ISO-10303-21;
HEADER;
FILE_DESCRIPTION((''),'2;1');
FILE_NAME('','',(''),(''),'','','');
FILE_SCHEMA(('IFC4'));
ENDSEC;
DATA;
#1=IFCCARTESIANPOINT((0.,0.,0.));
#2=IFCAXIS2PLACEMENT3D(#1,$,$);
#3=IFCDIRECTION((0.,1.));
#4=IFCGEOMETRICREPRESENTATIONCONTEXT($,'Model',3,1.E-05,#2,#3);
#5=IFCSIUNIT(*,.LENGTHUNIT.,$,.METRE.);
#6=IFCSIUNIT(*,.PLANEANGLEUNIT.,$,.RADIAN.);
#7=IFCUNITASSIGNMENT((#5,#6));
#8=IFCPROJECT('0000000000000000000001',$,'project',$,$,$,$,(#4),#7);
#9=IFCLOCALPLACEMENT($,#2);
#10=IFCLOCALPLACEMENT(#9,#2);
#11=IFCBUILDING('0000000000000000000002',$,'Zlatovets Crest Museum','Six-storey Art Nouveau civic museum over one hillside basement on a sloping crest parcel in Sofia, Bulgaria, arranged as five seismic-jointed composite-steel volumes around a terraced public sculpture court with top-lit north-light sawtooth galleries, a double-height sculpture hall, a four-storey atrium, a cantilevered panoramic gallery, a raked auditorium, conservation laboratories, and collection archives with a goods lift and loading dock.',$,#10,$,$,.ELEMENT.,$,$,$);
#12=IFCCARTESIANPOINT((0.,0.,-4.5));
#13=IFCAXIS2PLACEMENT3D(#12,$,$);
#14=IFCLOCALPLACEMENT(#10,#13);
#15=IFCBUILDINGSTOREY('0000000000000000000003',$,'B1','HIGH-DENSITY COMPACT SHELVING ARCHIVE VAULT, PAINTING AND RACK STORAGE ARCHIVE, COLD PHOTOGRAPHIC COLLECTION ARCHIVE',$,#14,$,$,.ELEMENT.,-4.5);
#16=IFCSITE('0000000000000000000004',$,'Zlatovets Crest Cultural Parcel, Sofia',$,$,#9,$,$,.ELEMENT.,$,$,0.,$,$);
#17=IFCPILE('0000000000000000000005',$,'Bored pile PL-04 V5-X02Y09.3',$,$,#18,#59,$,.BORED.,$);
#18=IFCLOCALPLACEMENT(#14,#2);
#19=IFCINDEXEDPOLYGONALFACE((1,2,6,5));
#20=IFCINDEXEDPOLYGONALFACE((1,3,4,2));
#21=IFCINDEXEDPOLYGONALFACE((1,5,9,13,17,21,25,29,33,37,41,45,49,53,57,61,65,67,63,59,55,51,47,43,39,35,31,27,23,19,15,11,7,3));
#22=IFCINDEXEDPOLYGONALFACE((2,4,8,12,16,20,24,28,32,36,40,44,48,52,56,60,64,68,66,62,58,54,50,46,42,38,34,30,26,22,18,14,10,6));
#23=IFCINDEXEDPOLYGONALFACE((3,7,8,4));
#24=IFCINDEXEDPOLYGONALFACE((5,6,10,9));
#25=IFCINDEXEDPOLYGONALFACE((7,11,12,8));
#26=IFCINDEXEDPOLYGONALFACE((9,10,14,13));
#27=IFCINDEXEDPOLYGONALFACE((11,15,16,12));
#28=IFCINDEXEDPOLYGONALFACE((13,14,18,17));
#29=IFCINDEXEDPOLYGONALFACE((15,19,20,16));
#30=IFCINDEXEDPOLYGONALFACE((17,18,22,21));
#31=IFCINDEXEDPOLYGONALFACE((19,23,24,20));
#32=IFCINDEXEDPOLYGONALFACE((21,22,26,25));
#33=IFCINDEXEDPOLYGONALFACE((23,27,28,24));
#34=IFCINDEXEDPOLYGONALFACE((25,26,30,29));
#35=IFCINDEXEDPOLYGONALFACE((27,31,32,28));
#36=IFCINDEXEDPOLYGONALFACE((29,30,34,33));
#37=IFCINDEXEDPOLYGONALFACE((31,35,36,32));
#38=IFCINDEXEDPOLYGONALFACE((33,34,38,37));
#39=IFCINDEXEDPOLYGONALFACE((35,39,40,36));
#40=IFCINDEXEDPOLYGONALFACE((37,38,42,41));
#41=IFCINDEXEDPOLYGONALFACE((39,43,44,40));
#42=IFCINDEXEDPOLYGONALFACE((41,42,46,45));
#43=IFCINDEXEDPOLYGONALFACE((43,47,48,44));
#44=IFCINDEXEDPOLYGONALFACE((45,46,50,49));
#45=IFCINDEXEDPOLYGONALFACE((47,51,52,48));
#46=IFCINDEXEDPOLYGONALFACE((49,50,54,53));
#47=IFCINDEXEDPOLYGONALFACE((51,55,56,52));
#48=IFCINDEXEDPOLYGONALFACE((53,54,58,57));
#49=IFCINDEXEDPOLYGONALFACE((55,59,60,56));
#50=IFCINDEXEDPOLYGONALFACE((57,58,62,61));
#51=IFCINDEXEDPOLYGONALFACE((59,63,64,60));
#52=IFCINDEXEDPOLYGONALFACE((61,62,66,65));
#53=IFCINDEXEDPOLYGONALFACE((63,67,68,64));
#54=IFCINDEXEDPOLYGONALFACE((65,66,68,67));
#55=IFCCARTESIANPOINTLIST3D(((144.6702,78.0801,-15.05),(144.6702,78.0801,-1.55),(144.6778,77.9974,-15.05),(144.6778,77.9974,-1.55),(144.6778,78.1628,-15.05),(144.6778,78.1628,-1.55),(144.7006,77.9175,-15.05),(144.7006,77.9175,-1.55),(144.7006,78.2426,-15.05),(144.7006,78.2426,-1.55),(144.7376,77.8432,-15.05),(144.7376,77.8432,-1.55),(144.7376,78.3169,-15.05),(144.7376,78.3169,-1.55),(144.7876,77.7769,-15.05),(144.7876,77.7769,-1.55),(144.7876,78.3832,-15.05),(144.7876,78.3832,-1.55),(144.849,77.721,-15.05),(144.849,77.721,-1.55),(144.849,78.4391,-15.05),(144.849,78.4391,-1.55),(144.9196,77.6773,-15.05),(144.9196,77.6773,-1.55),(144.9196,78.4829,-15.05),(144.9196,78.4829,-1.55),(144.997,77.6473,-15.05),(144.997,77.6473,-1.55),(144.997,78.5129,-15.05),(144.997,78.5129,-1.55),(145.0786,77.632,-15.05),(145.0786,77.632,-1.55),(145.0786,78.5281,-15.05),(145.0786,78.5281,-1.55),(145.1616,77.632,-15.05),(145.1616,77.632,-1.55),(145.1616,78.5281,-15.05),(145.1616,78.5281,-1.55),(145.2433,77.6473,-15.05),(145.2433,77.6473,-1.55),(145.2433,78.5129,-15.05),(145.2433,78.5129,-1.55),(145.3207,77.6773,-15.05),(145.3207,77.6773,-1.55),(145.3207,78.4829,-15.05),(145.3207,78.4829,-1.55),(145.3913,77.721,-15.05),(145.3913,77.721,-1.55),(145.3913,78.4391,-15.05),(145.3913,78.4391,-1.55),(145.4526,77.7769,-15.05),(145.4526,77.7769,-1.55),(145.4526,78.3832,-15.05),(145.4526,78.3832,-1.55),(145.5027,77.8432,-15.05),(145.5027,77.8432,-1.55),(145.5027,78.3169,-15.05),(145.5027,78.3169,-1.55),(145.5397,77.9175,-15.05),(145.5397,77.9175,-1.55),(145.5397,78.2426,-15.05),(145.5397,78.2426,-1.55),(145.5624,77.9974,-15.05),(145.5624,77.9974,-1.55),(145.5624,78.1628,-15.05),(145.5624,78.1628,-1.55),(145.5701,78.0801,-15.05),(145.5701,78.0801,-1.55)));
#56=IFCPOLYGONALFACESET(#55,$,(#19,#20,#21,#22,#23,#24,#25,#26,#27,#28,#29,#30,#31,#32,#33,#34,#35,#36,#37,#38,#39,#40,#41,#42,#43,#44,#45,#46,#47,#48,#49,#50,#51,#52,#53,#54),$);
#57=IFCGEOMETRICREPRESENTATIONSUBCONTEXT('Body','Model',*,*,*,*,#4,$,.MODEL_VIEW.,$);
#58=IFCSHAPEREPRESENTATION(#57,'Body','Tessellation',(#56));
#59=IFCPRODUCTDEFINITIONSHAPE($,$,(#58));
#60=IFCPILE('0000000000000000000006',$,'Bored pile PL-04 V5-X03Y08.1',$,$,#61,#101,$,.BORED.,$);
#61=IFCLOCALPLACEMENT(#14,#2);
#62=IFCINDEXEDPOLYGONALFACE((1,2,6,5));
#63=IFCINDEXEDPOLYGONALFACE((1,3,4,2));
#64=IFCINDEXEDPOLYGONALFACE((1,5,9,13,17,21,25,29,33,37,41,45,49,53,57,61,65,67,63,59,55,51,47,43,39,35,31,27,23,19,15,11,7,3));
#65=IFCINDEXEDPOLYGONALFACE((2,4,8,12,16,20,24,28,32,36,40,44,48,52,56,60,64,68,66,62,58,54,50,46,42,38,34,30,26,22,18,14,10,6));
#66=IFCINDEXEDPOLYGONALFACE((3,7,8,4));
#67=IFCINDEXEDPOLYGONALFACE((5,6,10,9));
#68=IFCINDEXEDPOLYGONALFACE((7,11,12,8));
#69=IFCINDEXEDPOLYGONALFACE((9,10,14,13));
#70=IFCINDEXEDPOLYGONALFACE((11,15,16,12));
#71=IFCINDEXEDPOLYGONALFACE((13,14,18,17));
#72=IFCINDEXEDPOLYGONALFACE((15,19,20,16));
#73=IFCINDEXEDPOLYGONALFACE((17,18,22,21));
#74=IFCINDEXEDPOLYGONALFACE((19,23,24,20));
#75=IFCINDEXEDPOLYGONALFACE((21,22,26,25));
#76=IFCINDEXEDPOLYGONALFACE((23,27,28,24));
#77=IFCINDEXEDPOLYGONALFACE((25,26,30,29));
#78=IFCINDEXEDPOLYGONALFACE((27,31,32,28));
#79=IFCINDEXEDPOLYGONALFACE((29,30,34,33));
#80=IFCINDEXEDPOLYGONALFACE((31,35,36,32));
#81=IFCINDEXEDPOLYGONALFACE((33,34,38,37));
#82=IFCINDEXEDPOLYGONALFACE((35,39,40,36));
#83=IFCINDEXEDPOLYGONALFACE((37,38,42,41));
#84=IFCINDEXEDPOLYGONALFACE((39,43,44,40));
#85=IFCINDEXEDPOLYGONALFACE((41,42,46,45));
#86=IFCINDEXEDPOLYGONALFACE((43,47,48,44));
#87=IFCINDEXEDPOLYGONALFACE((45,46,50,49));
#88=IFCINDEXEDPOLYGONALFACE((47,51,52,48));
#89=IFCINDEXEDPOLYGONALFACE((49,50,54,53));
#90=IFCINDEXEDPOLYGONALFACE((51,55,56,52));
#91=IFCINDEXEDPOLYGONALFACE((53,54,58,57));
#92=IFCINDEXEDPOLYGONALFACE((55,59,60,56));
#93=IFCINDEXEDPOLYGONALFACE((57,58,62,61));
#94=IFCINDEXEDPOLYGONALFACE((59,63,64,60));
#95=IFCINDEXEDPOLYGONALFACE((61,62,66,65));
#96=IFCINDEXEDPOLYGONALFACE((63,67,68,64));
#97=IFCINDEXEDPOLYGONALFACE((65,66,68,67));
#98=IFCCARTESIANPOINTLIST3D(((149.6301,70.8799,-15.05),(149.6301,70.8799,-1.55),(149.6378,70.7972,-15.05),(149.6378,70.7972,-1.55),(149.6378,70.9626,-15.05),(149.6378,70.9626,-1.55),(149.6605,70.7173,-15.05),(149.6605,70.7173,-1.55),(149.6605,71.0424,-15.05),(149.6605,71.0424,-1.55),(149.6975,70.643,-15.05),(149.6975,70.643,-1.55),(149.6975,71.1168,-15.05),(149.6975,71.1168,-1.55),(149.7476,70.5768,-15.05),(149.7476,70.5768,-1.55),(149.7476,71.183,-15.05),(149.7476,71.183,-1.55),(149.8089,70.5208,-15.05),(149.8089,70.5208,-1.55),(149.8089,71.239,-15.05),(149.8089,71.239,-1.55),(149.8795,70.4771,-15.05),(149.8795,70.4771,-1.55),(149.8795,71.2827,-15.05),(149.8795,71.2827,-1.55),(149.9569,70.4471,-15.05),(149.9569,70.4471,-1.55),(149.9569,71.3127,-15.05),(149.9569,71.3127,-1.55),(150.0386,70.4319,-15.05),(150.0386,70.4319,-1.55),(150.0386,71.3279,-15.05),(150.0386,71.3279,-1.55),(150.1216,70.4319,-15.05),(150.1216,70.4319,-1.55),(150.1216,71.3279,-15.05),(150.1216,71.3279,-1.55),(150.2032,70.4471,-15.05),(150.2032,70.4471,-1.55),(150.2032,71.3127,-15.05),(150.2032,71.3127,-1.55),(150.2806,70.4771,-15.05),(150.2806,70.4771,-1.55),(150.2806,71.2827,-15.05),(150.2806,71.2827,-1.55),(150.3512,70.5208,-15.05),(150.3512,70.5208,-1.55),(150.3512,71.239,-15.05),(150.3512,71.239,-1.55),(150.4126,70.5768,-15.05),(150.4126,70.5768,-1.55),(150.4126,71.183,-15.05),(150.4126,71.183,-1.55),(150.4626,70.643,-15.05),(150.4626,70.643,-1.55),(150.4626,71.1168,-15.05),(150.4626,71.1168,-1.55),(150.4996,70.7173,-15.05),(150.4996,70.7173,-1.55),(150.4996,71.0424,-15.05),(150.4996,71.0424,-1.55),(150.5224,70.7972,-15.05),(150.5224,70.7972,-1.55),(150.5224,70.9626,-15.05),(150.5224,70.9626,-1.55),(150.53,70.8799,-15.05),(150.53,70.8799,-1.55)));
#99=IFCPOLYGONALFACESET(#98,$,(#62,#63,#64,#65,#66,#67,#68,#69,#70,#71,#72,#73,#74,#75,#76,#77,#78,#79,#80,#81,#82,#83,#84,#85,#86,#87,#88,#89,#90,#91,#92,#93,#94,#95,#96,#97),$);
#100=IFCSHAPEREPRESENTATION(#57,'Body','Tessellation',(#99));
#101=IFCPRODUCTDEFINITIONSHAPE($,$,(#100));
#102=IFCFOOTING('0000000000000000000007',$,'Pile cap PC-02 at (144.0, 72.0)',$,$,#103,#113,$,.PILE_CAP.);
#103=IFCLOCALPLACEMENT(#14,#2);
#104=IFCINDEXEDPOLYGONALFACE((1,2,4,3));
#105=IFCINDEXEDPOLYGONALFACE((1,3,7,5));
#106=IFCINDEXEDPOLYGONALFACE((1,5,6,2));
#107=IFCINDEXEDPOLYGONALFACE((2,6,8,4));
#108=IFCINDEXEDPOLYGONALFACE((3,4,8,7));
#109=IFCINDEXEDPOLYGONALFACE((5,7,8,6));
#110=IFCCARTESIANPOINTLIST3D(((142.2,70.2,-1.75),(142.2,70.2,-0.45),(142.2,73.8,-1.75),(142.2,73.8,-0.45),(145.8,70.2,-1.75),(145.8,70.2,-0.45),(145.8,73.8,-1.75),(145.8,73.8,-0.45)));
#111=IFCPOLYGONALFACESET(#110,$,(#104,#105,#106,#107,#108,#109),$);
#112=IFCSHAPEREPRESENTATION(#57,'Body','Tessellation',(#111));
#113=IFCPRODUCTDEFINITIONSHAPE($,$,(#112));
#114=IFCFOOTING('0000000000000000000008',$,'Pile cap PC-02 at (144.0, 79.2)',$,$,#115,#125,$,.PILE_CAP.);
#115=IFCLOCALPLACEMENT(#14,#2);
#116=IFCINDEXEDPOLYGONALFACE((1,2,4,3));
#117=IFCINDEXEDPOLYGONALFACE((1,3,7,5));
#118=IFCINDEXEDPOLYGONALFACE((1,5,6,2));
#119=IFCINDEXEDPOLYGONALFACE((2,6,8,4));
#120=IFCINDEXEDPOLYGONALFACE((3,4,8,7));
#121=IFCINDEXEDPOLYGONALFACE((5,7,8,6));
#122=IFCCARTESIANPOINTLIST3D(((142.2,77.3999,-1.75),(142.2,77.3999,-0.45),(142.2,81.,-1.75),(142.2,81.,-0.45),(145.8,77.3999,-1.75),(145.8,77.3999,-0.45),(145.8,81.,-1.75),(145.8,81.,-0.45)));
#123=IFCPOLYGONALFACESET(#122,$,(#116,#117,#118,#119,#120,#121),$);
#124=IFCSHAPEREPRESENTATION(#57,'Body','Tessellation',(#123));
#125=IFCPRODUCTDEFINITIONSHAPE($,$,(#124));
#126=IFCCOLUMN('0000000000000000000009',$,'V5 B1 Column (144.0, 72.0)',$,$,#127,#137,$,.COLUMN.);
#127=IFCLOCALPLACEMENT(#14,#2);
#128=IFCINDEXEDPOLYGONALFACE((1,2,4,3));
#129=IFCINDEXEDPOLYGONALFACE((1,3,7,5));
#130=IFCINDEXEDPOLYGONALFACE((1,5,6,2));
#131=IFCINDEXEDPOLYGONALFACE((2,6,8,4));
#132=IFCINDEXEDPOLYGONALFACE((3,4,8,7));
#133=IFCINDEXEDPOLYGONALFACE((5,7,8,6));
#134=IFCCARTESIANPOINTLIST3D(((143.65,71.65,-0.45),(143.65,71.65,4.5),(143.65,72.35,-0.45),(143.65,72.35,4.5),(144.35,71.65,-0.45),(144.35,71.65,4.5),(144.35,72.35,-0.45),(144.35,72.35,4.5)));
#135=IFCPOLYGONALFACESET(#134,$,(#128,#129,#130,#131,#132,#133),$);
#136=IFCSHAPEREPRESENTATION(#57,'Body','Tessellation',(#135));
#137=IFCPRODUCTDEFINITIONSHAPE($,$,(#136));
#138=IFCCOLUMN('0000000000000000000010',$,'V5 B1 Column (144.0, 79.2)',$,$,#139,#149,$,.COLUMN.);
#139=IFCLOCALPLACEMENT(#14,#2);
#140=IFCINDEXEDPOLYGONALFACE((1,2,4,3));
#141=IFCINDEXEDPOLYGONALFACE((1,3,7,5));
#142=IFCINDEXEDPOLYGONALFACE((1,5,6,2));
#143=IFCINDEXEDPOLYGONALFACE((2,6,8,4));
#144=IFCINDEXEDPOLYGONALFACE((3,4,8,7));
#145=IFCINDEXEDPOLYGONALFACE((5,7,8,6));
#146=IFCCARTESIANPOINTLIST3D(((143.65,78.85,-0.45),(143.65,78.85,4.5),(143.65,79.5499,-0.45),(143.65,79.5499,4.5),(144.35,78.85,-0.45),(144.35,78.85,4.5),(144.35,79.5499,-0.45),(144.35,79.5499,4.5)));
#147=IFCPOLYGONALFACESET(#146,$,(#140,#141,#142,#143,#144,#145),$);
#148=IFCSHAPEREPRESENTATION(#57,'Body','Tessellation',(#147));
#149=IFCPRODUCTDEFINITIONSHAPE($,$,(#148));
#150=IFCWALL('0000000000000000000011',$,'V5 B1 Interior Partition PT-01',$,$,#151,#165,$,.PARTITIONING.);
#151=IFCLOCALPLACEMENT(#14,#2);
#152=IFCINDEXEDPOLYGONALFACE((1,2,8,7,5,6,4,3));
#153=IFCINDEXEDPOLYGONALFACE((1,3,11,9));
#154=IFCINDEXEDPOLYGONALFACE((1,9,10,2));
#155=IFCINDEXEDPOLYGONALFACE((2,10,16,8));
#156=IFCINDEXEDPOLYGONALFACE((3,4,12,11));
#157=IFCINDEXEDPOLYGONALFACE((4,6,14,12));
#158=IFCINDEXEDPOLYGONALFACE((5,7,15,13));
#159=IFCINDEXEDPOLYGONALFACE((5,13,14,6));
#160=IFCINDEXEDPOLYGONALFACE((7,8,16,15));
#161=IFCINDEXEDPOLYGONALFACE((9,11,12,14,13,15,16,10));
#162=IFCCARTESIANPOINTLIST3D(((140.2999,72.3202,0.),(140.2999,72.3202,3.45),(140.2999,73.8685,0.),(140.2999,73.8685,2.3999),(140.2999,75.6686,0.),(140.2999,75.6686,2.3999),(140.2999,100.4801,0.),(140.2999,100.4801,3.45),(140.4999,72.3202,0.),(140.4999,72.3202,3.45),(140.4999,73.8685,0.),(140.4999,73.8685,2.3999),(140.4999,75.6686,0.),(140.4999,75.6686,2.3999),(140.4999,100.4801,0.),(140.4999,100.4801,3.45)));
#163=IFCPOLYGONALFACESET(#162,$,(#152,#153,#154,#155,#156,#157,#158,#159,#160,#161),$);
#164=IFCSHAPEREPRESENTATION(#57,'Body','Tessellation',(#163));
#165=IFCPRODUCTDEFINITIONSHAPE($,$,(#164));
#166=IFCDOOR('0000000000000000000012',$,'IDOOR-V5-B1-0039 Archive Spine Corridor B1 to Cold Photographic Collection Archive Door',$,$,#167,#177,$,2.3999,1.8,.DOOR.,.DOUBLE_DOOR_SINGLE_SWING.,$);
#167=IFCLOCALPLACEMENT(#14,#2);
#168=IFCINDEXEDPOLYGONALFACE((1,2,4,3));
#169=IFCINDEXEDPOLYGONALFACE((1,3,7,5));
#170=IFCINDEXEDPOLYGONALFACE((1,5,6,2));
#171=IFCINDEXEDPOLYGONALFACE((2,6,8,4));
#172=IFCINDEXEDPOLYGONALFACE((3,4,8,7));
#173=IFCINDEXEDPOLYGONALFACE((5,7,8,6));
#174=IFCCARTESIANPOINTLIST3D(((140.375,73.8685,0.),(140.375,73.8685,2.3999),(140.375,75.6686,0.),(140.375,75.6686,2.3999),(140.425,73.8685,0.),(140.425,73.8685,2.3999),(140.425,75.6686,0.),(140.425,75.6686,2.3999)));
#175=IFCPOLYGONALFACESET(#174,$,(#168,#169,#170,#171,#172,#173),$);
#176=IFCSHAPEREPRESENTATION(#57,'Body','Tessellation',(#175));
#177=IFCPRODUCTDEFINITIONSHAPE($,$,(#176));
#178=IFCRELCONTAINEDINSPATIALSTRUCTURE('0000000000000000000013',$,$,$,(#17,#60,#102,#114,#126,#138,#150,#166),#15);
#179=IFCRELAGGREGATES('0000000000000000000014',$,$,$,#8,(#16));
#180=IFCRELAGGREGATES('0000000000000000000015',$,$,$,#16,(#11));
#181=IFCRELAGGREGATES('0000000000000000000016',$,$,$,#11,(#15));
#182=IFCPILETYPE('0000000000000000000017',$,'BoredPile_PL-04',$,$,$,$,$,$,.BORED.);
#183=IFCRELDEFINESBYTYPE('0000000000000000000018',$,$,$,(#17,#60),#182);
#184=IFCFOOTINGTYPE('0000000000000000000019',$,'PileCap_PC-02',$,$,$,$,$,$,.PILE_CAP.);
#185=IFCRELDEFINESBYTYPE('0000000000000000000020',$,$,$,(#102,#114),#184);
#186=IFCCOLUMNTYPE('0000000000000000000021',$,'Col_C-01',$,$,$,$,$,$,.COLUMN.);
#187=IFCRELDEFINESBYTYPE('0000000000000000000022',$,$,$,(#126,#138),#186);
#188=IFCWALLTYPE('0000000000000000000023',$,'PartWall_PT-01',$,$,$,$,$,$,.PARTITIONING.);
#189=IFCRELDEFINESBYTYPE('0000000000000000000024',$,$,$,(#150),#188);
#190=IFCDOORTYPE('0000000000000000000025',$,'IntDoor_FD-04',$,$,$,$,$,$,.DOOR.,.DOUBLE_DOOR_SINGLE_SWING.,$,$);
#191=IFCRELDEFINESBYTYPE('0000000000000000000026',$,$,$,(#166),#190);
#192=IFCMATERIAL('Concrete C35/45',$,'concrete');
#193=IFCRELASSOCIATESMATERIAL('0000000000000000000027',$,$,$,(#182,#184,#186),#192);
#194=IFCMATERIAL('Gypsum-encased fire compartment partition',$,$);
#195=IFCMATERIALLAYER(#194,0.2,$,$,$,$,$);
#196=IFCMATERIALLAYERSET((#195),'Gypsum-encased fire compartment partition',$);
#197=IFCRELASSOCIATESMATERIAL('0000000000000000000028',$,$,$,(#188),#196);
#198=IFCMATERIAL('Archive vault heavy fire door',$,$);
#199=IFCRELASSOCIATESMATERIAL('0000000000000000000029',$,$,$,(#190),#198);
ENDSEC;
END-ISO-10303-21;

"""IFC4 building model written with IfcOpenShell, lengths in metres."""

from ifc_helpers import new_model, si_unit, direction, frame, frame_2d, origin, origin_2d, place, context, subcontext, project, spatial, rectangle, circle, extrude, material, layer, layer_set, material_profile, profile_set, type_object, element, fill, save


model = new_model("IFC4")

# Units and contexts
model_context = context("Model", 3, precision=1e-05, world=origin(), true_north=direction((0.0, 1.0)))
body_context = subcontext(model_context, "Body", "Model", "MODEL_VIEW")
ifc_project = project(units=[si_unit("LENGTHUNIT", "METRE"), si_unit("PLANEANGLEUNIT", "RADIAN")], contexts=[model_context])

# Site, building, storey
site_placement = place(None, origin())
site = spatial("IfcSite", under=ifc_project, at=site_placement, Name="Zlatovets Crest Cultural Parcel, Sofia", CompositionType="ELEMENT", RefElevation=0.0)
building_placement = place(site_placement, origin())
building = spatial("IfcBuilding", under=site, at=building_placement, Name="Zlatovets Crest Museum", Description="Six-storey Art Nouveau civic museum over one hillside basement on a sloping crest parcel in Sofia, Bulgaria, arranged as five seismic-jointed composite-steel volumes around a terraced public sculpture court with top-lit north-light sawtooth galleries, a double-height sculpture hall, a four-storey atrium, a cantilevered panoramic gallery, a raked auditorium, conservation laboratories, and collection archives with a goods lift and loading dock.", CompositionType="ELEMENT")
storey_placement = place(building_placement, frame((0.0, 0.0, -4.5)))
storey = spatial("IfcBuildingStorey", under=building, at=storey_placement, Name="B1", Description="HIGH-DENSITY COMPACT SHELVING ARCHIVE VAULT, PAINTING AND RACK STORAGE ARCHIVE, COLD PHOTOGRAPHIC COLLECTION ARCHIVE", CompositionType="ELEMENT", Elevation=-4.5)

# Piles
ifc_material_1 = material(Name="Concrete C35/45", Category="concrete")
ifc_material_profile_1 = material_profile(ifc_material_1, circle(Radius=0.45, at=origin_2d()), Name="PILE D900")
ifc_profile_set_1 = profile_set([ifc_material_profile_1], Name="Concrete C35/45")
pile_type = type_object("IfcPileType", Name="BoredPile_PL-04", PredefinedType="BORED", material=ifc_profile_set_1)
for number, where, z_axis, x_axis, name in (
    (1, (145.1201, 78.0801, -1.55), (0.0, 0.0, -1.0), (1.0, 0.0, 0.0), "Bored pile PL-04 V5-X02Y09.3"),
    (2, (150.0801, 70.8799, -1.55), (0.0, 0.0, -1.0), (1.0, 0.0, 0.0), "Bored pile PL-04 V5-X03Y08.1"),
):
    element("IfcPile", number, at=place(storey_placement, frame(where, z_axis=z_axis, x_axis=x_axis)), inside=storey, type_object=pile_type, Name=name, PredefinedType="BORED", context=body_context, shape_type="SweptSolid", body=[
        extrude(circle(Radius=0.45, at=origin_2d()), origin(), (0.0, 0.0, 1.0), 13.5),
    ])

# Footings
footing_type = type_object("IfcFootingType", Name="PileCap_PC-02", PredefinedType="PILE_CAP", material=ifc_material_1)
for number, where, z_axis, x_axis, name in (
    (3, (144.0, 72.0, -1.75), (0.0, 0.0, 1.0), (1.0, 0.0, 0.0), "Pile cap PC-02 at (144.0, 72.0)"),
    (4, (144.0, 79.2, -1.75), (0.0, 0.0, 1.0), (1.0, 0.0, 0.0), "Pile cap PC-02 at (144.0, 79.2)"),
):
    element("IfcFooting", number, at=place(storey_placement, frame(where, z_axis=z_axis, x_axis=x_axis)), inside=storey, type_object=footing_type, Name=name, PredefinedType="PILE_CAP", context=body_context, shape_type="SweptSolid", body=[
        extrude(rectangle(XDim=3.6001, YDim=3.6001, at=origin_2d()), origin(), (0.0, 0.0, 1.0), 1.3),
    ])

# Columns
ifc_material_profile_2 = material_profile(ifc_material_1, rectangle(XDim=0.7, YDim=0.7, at=origin_2d()), Name="RC 700x700")
ifc_profile_set_2 = profile_set([ifc_material_profile_2], Name="Concrete C35/45")
column_type = type_object("IfcColumnType", Name="Col_C-01", PredefinedType="COLUMN", material=ifc_profile_set_2)
for number, where, z_axis, x_axis, name in (
    (5, (144.0, 72.0, -0.45), (0.0, 0.0, 1.0), (1.0, 0.0, 0.0), "V5 B1 Column (144.0, 72.0)"),
    (6, (144.0, 79.2, -0.45), (0.0, 0.0, 1.0), (0.0, 1.0, 0.0), "V5 B1 Column (144.0, 79.2)"),
):
    element("IfcColumn", number, at=place(storey_placement, frame(where, z_axis=z_axis, x_axis=x_axis)), inside=storey, type_object=column_type, Name=name, PredefinedType="COLUMN", context=body_context, shape_type="SweptSolid", body=[
        extrude(rectangle(XDim=0.7, YDim=0.7, at=origin_2d()), origin(), (0.0, 0.0, 1.0), 4.95),
    ])

# Wall, opening, door
ifc_material_2 = material(Name="Gypsum-encased fire compartment partition")
ifc_layer = layer(ifc_material_2, 0.2)
ifc_layer_set = layer_set([ifc_layer], Name="Gypsum-encased fire compartment partition")
wall_type = type_object("IfcWallType", Name="PartWall_PT-01", PredefinedType="PARTITIONING", material=ifc_layer_set)
wall_1_placement = place(storey_placement, frame((140.3999, 72.3201, 0.0), z_axis=(0.0, 0.0, 1.0), x_axis=(0.0, 1.0, 0.0)))
wall_1 = element("IfcWall", 7, at=wall_1_placement, inside=storey, type_object=wall_type, Name="V5 B1 Interior Partition PT-01", PredefinedType="PARTITIONING", context=body_context, shape_type="SweptSolid", body=[
    extrude(rectangle(XDim=28.1599, YDim=0.2, at=frame_2d((14.0801, 0.0))), origin(), (0.0, 0.0, 1.0), 3.45),
])
opening_1_placement = place(wall_1_placement, frame((1.5486, 0.0, 0.0)))
opening_1 = element("IfcOpeningElement", 8, at=opening_1_placement, cuts=wall_1, PredefinedType="OPENING", context=body_context, shape_type="SweptSolid", body=[
    extrude(rectangle(XDim=1.8, YDim=2.3999, at=frame_2d((0.8999, 1.2))), frame((0.0, 0.1099, 0.0), z_axis=(0.0, -1.0, 0.0), x_axis=(1.0, 0.0, 0.0)), (0.0, 0.0, 1.0), 0.22),
])
ifc_material_3 = material(Name="Archive vault heavy fire door")
door_type = type_object("IfcDoorType", Name="IntDoor_FD-04", OperationType="DOUBLE_DOOR_SINGLE_SWING", PredefinedType="DOOR", material=ifc_material_3)
door_1_placement = place(opening_1_placement, origin())
door_1 = element("IfcDoor", 9, at=door_1_placement, inside=storey, type_object=door_type, Name="IDOOR-V5-B1-0039 Archive Spine Corridor B1 to Cold Photographic Collection Archive Door", OperationType="DOUBLE_DOOR_SINGLE_SWING", OverallHeight=2.3999, OverallWidth=1.8, PredefinedType="DOOR", context=body_context, shape_type="SweptSolid", body=[
    extrude(rectangle(XDim=1.8, YDim=2.3999, at=frame_2d((0.8999, 1.2))), frame((0.0, 0.0249, 0.0), z_axis=(0.0, -1.0, 0.0), x_axis=(1.0, 0.0, 0.0)), (0.0, 0.0, 1.0), 0.05),
])
fill(opening_1, door_1)

save(model, "model.ifc")
